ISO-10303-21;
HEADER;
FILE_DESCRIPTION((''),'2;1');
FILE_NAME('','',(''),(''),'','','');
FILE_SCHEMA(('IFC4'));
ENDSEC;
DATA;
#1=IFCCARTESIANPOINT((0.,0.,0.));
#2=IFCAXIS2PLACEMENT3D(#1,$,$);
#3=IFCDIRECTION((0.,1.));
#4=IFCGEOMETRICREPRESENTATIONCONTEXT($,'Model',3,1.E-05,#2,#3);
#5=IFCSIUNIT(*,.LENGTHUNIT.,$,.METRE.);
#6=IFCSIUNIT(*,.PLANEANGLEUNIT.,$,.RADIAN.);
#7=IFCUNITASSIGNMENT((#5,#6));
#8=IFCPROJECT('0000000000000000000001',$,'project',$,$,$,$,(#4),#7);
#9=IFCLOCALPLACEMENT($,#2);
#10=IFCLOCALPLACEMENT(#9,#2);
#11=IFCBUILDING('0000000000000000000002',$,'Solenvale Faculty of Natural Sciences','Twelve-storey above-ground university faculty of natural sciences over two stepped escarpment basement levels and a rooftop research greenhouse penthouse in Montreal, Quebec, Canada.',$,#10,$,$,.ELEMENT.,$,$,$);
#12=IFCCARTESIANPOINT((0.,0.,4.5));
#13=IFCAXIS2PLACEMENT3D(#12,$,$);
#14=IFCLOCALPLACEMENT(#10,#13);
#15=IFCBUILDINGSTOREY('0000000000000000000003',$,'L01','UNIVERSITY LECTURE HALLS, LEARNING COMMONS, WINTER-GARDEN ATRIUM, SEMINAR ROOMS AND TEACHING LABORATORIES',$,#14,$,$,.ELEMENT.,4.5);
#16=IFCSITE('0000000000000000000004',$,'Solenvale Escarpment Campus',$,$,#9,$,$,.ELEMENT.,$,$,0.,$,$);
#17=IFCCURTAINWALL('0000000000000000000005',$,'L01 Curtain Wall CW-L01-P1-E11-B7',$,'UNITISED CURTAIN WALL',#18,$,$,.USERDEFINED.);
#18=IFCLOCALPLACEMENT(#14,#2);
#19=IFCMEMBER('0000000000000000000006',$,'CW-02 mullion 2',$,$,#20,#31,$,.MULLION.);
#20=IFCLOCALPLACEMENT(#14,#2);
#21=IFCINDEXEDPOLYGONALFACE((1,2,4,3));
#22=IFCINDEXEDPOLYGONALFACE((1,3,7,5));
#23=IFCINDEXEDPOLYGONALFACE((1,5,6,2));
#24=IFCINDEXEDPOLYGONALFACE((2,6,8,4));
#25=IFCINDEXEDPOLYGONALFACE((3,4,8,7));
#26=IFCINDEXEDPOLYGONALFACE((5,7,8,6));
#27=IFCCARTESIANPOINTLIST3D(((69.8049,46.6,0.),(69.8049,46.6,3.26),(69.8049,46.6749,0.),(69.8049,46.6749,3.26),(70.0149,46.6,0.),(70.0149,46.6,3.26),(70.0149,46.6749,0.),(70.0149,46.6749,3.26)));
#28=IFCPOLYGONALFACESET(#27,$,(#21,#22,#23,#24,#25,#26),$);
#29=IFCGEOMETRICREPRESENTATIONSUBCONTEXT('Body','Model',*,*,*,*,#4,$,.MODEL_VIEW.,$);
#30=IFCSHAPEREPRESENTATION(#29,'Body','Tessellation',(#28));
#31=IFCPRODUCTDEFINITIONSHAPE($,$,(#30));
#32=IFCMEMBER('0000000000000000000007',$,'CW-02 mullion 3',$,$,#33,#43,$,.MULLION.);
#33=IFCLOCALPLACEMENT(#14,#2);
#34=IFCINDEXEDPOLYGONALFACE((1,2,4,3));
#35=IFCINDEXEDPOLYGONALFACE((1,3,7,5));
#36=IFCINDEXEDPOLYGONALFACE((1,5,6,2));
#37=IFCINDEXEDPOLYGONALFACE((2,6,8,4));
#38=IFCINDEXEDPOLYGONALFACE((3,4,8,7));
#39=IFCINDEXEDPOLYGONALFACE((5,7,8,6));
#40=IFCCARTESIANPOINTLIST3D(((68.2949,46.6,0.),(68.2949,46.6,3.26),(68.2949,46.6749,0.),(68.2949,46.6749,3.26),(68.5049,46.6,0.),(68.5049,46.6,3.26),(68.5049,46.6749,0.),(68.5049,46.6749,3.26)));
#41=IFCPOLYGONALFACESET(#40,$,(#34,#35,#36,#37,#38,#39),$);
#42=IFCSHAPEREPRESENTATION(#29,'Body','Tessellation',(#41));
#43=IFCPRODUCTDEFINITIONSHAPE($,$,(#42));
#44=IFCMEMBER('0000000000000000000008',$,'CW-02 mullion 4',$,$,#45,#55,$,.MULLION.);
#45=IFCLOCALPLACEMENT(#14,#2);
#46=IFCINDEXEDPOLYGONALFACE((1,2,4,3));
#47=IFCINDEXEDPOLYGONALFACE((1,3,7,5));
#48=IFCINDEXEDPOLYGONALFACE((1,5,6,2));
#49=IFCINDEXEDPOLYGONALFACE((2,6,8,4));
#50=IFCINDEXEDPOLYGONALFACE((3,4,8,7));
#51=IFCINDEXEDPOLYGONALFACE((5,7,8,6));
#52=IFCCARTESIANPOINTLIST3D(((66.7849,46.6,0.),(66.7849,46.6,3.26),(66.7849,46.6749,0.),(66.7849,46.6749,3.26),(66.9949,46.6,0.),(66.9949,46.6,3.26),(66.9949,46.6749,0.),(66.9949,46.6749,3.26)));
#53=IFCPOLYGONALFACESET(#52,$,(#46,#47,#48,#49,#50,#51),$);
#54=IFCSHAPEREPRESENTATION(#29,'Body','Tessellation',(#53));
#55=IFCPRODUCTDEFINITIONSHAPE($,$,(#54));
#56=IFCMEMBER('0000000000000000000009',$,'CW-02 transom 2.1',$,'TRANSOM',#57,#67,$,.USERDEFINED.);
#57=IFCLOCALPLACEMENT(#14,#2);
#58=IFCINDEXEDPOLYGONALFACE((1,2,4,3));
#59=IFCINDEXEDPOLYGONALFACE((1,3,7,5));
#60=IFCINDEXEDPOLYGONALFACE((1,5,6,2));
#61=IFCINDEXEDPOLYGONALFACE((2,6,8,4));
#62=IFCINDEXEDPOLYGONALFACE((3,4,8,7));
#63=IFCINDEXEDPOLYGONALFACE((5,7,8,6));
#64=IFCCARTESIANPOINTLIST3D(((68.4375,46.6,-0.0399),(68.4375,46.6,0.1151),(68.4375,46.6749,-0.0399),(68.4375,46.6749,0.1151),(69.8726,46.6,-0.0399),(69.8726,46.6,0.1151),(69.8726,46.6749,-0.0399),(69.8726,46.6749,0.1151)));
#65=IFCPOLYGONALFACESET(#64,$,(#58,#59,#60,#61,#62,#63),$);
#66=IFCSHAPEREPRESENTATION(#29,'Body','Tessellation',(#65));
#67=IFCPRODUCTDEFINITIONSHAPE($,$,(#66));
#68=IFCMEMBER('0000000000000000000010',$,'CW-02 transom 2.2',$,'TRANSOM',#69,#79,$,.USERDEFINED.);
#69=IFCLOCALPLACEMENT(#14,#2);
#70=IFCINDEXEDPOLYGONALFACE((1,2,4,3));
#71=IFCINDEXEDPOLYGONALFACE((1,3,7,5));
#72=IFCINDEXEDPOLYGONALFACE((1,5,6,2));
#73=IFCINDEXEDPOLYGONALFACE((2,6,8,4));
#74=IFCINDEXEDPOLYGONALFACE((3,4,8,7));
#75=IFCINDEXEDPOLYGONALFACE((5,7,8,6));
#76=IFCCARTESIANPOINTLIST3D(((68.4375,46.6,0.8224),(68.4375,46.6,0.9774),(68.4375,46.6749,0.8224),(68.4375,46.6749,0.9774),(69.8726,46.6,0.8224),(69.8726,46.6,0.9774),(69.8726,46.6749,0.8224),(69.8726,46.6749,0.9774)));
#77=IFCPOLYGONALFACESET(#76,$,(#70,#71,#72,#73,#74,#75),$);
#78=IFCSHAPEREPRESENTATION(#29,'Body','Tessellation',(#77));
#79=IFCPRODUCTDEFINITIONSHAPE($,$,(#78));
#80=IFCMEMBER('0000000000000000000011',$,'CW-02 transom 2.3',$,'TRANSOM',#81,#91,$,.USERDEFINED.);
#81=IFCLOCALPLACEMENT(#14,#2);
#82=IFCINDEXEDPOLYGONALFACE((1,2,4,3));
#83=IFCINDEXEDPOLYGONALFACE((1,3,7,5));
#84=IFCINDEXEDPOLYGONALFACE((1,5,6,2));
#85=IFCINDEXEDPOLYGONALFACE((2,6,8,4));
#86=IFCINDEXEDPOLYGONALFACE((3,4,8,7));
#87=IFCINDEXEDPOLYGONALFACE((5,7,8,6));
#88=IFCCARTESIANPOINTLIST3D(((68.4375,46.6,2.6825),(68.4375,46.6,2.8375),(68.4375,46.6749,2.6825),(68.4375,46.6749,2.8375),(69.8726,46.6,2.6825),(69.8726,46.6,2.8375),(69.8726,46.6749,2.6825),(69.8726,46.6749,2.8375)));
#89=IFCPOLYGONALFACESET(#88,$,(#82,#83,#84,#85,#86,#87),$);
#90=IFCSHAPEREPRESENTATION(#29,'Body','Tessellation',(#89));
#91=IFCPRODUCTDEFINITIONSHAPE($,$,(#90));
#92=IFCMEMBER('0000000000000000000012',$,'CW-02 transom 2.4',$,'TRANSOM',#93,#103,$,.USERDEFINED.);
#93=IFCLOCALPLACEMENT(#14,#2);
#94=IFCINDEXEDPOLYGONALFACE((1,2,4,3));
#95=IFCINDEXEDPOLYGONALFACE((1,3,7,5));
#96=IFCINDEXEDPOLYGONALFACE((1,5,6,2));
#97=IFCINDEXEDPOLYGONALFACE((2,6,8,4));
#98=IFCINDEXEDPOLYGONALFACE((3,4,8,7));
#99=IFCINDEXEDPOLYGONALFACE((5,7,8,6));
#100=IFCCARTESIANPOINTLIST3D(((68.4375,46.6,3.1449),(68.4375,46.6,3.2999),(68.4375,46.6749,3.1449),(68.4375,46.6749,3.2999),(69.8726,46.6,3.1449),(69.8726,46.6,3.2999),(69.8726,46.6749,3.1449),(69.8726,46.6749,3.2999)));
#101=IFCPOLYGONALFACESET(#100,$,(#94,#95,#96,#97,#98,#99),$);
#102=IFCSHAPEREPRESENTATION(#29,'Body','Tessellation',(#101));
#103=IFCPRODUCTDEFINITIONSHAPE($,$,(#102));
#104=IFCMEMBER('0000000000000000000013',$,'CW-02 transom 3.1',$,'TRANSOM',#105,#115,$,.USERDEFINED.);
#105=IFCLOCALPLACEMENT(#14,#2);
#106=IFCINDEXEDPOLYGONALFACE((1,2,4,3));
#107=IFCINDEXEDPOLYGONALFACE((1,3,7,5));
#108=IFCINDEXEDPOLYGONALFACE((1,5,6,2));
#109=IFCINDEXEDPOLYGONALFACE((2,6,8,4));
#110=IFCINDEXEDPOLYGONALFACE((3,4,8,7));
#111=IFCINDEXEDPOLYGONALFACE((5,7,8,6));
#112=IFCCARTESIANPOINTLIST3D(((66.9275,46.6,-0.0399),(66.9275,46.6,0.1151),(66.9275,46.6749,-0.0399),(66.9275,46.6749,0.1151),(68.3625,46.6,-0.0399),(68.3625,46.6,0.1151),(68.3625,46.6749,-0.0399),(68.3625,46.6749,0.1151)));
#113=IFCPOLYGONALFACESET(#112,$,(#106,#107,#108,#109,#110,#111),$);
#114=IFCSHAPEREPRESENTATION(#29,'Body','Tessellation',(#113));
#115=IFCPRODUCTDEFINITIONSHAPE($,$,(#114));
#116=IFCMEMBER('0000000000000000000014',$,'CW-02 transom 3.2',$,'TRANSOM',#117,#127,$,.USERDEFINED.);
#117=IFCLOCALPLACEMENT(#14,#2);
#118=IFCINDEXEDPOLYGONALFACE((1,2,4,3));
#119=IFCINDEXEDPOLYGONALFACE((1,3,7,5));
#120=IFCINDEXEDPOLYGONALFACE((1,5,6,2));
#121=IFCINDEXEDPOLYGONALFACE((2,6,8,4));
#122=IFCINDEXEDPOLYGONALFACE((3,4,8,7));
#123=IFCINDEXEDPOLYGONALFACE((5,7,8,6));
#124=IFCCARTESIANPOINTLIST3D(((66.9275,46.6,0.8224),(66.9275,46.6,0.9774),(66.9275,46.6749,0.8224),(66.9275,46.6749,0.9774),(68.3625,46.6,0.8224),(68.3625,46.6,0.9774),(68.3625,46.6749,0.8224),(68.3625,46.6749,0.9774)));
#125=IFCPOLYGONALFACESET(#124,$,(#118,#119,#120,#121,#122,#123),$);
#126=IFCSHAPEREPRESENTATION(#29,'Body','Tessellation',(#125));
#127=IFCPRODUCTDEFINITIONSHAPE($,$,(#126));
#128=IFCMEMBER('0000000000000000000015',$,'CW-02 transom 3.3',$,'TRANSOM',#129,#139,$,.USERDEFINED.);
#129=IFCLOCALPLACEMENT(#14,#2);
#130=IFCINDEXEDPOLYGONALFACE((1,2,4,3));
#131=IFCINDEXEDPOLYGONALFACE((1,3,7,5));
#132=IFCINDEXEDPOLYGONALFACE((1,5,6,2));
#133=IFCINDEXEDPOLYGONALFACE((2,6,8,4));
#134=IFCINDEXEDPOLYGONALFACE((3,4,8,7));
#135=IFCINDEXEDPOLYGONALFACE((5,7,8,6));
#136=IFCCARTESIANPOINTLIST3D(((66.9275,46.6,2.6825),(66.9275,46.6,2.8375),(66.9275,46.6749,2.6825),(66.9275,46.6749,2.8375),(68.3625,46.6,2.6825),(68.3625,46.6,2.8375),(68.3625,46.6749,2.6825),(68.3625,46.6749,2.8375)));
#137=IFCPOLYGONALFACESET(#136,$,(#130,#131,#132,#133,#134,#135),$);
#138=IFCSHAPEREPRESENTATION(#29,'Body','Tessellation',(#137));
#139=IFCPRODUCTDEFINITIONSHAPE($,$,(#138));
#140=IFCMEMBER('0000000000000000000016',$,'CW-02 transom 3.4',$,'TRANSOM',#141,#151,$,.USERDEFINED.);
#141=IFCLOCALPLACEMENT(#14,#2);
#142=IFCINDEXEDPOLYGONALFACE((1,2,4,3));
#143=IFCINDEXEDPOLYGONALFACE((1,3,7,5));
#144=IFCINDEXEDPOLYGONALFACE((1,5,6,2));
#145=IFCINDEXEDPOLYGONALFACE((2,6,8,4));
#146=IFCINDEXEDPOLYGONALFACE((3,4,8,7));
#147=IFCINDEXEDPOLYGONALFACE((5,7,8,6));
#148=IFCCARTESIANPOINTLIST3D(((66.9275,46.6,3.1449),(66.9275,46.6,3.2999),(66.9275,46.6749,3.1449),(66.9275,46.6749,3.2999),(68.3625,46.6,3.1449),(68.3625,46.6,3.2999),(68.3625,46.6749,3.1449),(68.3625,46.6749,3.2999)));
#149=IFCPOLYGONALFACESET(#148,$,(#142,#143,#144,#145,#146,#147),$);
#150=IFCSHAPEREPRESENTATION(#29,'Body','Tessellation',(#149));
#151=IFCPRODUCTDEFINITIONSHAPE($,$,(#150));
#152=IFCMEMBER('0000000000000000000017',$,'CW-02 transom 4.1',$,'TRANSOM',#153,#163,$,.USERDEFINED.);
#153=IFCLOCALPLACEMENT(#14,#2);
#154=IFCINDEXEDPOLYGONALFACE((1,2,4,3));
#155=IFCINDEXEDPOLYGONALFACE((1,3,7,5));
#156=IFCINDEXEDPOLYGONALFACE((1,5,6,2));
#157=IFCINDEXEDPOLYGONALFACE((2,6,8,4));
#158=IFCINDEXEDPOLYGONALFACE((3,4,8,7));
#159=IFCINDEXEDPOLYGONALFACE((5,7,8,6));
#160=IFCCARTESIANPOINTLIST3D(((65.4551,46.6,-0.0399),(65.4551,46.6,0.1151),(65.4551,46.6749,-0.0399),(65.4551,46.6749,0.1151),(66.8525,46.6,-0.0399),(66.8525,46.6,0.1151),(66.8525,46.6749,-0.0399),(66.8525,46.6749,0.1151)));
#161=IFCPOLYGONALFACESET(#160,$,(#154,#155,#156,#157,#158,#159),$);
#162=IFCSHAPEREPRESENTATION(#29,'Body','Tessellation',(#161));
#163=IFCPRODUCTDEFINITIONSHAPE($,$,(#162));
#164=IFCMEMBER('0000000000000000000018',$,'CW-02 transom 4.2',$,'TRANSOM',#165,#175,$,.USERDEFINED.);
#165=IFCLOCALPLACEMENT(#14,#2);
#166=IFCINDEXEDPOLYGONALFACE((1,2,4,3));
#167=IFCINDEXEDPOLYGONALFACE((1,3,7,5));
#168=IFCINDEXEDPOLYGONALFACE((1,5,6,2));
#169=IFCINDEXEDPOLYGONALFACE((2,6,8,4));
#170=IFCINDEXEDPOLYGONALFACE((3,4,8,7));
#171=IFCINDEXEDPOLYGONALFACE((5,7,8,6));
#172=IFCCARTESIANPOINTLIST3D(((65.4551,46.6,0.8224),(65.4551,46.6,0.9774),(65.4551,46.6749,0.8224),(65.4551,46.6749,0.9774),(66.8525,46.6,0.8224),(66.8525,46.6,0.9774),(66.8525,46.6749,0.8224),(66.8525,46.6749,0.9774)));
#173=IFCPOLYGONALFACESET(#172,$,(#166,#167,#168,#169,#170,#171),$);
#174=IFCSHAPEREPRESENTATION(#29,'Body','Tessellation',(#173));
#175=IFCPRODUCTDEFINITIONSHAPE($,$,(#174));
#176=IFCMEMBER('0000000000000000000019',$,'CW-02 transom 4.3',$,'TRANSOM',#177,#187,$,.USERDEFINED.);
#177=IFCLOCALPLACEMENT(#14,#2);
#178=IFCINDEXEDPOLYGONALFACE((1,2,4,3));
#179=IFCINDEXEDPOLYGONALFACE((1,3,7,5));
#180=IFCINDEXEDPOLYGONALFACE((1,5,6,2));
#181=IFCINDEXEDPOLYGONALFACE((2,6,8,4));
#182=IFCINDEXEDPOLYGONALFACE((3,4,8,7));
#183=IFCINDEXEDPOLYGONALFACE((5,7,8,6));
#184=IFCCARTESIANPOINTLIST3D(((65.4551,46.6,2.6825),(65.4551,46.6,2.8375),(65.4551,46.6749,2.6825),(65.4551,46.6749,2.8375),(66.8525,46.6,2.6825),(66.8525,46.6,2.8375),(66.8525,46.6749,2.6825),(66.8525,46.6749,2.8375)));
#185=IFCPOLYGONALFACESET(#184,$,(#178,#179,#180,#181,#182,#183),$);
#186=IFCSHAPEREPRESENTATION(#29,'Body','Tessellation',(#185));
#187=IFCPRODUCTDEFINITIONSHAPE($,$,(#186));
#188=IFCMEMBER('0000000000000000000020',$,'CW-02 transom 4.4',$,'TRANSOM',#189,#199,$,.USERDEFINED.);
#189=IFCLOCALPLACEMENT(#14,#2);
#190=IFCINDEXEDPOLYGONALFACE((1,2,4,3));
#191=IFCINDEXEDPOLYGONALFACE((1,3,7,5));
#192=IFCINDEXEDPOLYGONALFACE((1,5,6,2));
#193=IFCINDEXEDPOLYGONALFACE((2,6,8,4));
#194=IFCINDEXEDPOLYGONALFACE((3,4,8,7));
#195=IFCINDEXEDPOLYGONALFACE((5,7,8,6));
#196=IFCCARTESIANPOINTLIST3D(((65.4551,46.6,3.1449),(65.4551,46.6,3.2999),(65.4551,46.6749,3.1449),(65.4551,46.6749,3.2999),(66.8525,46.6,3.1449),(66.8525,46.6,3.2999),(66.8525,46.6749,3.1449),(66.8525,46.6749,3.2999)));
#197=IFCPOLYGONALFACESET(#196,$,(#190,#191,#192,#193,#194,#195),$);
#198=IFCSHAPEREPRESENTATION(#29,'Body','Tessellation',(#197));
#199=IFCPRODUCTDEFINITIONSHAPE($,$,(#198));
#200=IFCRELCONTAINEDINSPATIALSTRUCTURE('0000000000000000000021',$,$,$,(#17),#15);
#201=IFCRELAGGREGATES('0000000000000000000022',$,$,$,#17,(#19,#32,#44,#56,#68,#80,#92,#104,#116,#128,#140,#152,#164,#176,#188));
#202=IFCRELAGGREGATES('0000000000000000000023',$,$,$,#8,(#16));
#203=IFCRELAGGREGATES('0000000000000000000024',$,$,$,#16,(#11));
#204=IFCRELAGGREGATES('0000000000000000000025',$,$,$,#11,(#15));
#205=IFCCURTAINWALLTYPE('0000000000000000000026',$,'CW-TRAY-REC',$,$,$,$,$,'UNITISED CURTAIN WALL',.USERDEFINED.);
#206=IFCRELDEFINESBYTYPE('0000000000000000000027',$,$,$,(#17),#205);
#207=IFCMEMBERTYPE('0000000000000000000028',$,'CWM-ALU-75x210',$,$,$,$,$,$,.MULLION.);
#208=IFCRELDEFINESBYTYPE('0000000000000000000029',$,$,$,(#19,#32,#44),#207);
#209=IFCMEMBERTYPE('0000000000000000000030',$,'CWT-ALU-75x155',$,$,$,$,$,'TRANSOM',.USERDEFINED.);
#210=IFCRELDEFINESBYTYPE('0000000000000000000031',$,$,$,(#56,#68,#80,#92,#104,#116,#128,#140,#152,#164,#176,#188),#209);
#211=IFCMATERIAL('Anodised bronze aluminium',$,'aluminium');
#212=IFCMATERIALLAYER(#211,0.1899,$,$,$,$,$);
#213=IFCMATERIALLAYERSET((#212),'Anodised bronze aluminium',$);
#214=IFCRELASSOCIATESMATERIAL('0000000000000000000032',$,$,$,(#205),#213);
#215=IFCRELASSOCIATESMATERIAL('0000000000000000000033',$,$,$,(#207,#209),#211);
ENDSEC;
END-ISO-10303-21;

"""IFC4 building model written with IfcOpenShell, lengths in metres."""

from ifc_helpers import new_model, si_unit, direction, frame, origin, origin_2d, place, context, subcontext, project, spatial, rectangle, extrude, material, layer, layer_set, material_profile, profile_set, type_object, element, aggregate, save


model = new_model("IFC4")

# Units and contexts
model_context = context("Model", 3, precision=1e-05, world=origin(), true_north=direction((0.0, 1.0)))
body_context = subcontext(model_context, "Body", "Model", "MODEL_VIEW")
ifc_project = project(units=[si_unit("LENGTHUNIT", "METRE"), si_unit("PLANEANGLEUNIT", "RADIAN")], contexts=[model_context])

# Site, building, storey
site_placement = place(None, origin())
site = spatial("IfcSite", under=ifc_project, at=site_placement, Name="Solenvale Escarpment Campus", CompositionType="ELEMENT", RefElevation=0.0)
building_placement = place(site_placement, origin())
building = spatial("IfcBuilding", under=site, at=building_placement, Name="Solenvale Faculty of Natural Sciences", Description="Twelve-storey above-ground university faculty of natural sciences over two stepped escarpment basement levels and a rooftop research greenhouse penthouse in Montreal, Quebec, Canada.", CompositionType="ELEMENT")
storey_placement = place(building_placement, frame((0.0, 0.0, 4.5)))
storey = spatial("IfcBuildingStorey", under=building, at=storey_placement, Name="L01", Description="UNIVERSITY LECTURE HALLS, LEARNING COMMONS, WINTER-GARDEN ATRIUM, SEMINAR ROOMS AND TEACHING LABORATORIES", CompositionType="ELEMENT", Elevation=4.5)

# Curtain wall, members
ifc_material_1 = material(Name="Anodised bronze aluminium", Category="aluminium")
ifc_layer_1 = layer(ifc_material_1, 0.1899)
ifc_layer_set_1 = layer_set([ifc_layer_1], Name="Anodised bronze aluminium")
curtain_wall_type = type_object("IfcCurtainWallType", Name="CW-TRAY-REC", ElementType="UNITISED CURTAIN WALL", PredefinedType="USERDEFINED", material=ifc_layer_set_1)
curtain_wall_placement = place(storey_placement, origin())
curtain_wall = element("IfcCurtainWall", 1, at=curtain_wall_placement, inside=storey, type_object=curtain_wall_type, Name="L01 Curtain Wall CW-L01-P1-E11-B7", ObjectType="UNITISED CURTAIN WALL", PredefinedType="USERDEFINED")
ifc_material_profile_1 = material_profile(ifc_material_1, rectangle(XDim=0.075, YDim=0.21, at=origin_2d()), Name="ALU-MUL-75x210")
ifc_profile_set_1 = profile_set([ifc_material_profile_1], Name="Anodised bronze aluminium")
member_type_1 = type_object("IfcMemberType", Name="CWM-ALU-75x210", PredefinedType="MULLION", material=ifc_profile_set_1)
member_1_placement = place(storey_placement, frame((69.9099, 46.6375, 0.0), z_axis=(0.0, 0.0, 1.0), x_axis=(0.0, -1.0, 0.0)))
member_1 = element("IfcMember", 2, at=member_1_placement, type_object=member_type_1, Name="CW-02 mullion 2", PredefinedType="MULLION", context=body_context, shape_type="SweptSolid", body=[
    extrude(rectangle(XDim=0.075, YDim=0.21, at=origin_2d()), origin(), (0.0, 0.0, 1.0), 3.26),
])
member_2_placement = place(storey_placement, frame((68.3999, 46.6375, 0.0), z_axis=(0.0, 0.0, 1.0), x_axis=(0.0, -1.0, 0.0)))
member_2 = element("IfcMember", 3, at=member_2_placement, type_object=member_type_1, Name="CW-02 mullion 3", PredefinedType="MULLION", context=body_context, shape_type="SweptSolid", body=[
    extrude(rectangle(XDim=0.075, YDim=0.21, at=origin_2d()), origin(), (0.0, 0.0, 1.0), 3.26),
])
member_3_placement = place(storey_placement, frame((66.8899, 46.6375, 0.0), z_axis=(0.0, 0.0, 1.0), x_axis=(0.0, -1.0, 0.0)))
member_3 = element("IfcMember", 4, at=member_3_placement, type_object=member_type_1, Name="CW-02 mullion 4", PredefinedType="MULLION", context=body_context, shape_type="SweptSolid", body=[
    extrude(rectangle(XDim=0.075, YDim=0.21, at=origin_2d()), origin(), (0.0, 0.0, 1.0), 3.26),
])
ifc_material_profile_2 = material_profile(ifc_material_1, rectangle(XDim=0.075, YDim=0.155, at=origin_2d()), Name="ALU-TRN-75x155")
ifc_profile_set_2 = profile_set([ifc_material_profile_2], Name="Anodised bronze aluminium")
member_type_2 = type_object("IfcMemberType", Name="CWT-ALU-75x155", ElementType="TRANSOM", PredefinedType="USERDEFINED", material=ifc_profile_set_2)
member_4_placement = place(storey_placement, frame((69.8726, 46.6375, 0.0376), z_axis=(-1.0, 0.0, 0.0), x_axis=(0.0, -1.0, 0.0)))
member_4 = element("IfcMember", 5, at=member_4_placement, type_object=member_type_2, Name="CW-02 transom 2.1", ObjectType="TRANSOM", PredefinedType="USERDEFINED", context=body_context, shape_type="SweptSolid", body=[
    extrude(rectangle(XDim=0.075, YDim=0.155, at=origin_2d()), origin(), (0.0, 0.0, 1.0), 1.4351),
])
member_5_placement = place(storey_placement, frame((69.8726, 46.6375, 0.8999), z_axis=(-1.0, 0.0, 0.0), x_axis=(0.0, -1.0, 0.0)))
member_5 = element("IfcMember", 6, at=member_5_placement, type_object=member_type_2, Name="CW-02 transom 2.2", ObjectType="TRANSOM", PredefinedType="USERDEFINED", context=body_context, shape_type="SweptSolid", body=[
    extrude(rectangle(XDim=0.075, YDim=0.155, at=origin_2d()), origin(), (0.0, 0.0, 1.0), 1.4351),
])
member_6_placement = place(storey_placement, frame((69.8726, 46.6375, 2.76), z_axis=(-1.0, 0.0, 0.0), x_axis=(0.0, -1.0, 0.0)))
member_6 = element("IfcMember", 7, at=member_6_placement, type_object=member_type_2, Name="CW-02 transom 2.3", ObjectType="TRANSOM", PredefinedType="USERDEFINED", context=body_context, shape_type="SweptSolid", body=[
    extrude(rectangle(XDim=0.075, YDim=0.155, at=origin_2d()), origin(), (0.0, 0.0, 1.0), 1.4351),
])
member_7_placement = place(storey_placement, frame((69.8726, 46.6375, 3.2224), z_axis=(-1.0, 0.0, 0.0), x_axis=(0.0, -1.0, 0.0)))
member_7 = element("IfcMember", 8, at=member_7_placement, type_object=member_type_2, Name="CW-02 transom 2.4", ObjectType="TRANSOM", PredefinedType="USERDEFINED", context=body_context, shape_type="SweptSolid", body=[
    extrude(rectangle(XDim=0.075, YDim=0.155, at=origin_2d()), origin(), (0.0, 0.0, 1.0), 1.4351),
])
member_8_placement = place(storey_placement, frame((68.3625, 46.6375, 0.0376), z_axis=(-1.0, 0.0, 0.0), x_axis=(0.0, -1.0, 0.0)))
member_8 = element("IfcMember", 9, at=member_8_placement, type_object=member_type_2, Name="CW-02 transom 3.1", ObjectType="TRANSOM", PredefinedType="USERDEFINED", context=body_context, shape_type="SweptSolid", body=[
    extrude(rectangle(XDim=0.075, YDim=0.155, at=origin_2d()), origin(), (0.0, 0.0, 1.0), 1.4351),
])
member_9_placement = place(storey_placement, frame((68.3625, 46.6375, 0.8999), z_axis=(-1.0, 0.0, 0.0), x_axis=(0.0, -1.0, 0.0)))
member_9 = element("IfcMember", 10, at=member_9_placement, type_object=member_type_2, Name="CW-02 transom 3.2", ObjectType="TRANSOM", PredefinedType="USERDEFINED", context=body_context, shape_type="SweptSolid", body=[
    extrude(rectangle(XDim=0.075, YDim=0.155, at=origin_2d()), origin(), (0.0, 0.0, 1.0), 1.4351),
])
member_10_placement = place(storey_placement, frame((68.3625, 46.6375, 2.76), z_axis=(-1.0, 0.0, 0.0), x_axis=(0.0, -1.0, 0.0)))
member_10 = element("IfcMember", 11, at=member_10_placement, type_object=member_type_2, Name="CW-02 transom 3.3", ObjectType="TRANSOM", PredefinedType="USERDEFINED", context=body_context, shape_type="SweptSolid", body=[
    extrude(rectangle(XDim=0.075, YDim=0.155, at=origin_2d()), origin(), (0.0, 0.0, 1.0), 1.4351),
])
member_11_placement = place(storey_placement, frame((68.3625, 46.6375, 3.2224), z_axis=(-1.0, 0.0, 0.0), x_axis=(0.0, -1.0, 0.0)))
member_11 = element("IfcMember", 12, at=member_11_placement, type_object=member_type_2, Name="CW-02 transom 3.4", ObjectType="TRANSOM", PredefinedType="USERDEFINED", context=body_context, shape_type="SweptSolid", body=[
    extrude(rectangle(XDim=0.075, YDim=0.155, at=origin_2d()), origin(), (0.0, 0.0, 1.0), 1.4351),
])
member_12_placement = place(storey_placement, frame((66.8525, 46.6375, 0.0376), z_axis=(-1.0, 0.0, 0.0), x_axis=(0.0, -1.0, 0.0)))
member_12 = element("IfcMember", 13, at=member_12_placement, type_object=member_type_2, Name="CW-02 transom 4.1", ObjectType="TRANSOM", PredefinedType="USERDEFINED", context=body_context, shape_type="SweptSolid", body=[
    extrude(rectangle(XDim=0.075, YDim=0.155, at=origin_2d()), origin(), (0.0, 0.0, 1.0), 1.3975),
])
member_13_placement = place(storey_placement, frame((66.8525, 46.6375, 0.8999), z_axis=(-1.0, 0.0, 0.0), x_axis=(0.0, -1.0, 0.0)))
member_13 = element("IfcMember", 14, at=member_13_placement, type_object=member_type_2, Name="CW-02 transom 4.2", ObjectType="TRANSOM", PredefinedType="USERDEFINED", context=body_context, shape_type="SweptSolid", body=[
    extrude(rectangle(XDim=0.075, YDim=0.155, at=origin_2d()), origin(), (0.0, 0.0, 1.0), 1.3975),
])
member_14_placement = place(storey_placement, frame((66.8525, 46.6375, 2.76), z_axis=(-1.0, 0.0, 0.0), x_axis=(0.0, -1.0, 0.0)))
member_14 = element("IfcMember", 15, at=member_14_placement, type_object=member_type_2, Name="CW-02 transom 4.3", ObjectType="TRANSOM", PredefinedType="USERDEFINED", context=body_context, shape_type="SweptSolid", body=[
    extrude(rectangle(XDim=0.075, YDim=0.155, at=origin_2d()), origin(), (0.0, 0.0, 1.0), 1.3975),
])
member_15_placement = place(storey_placement, frame((66.8525, 46.6375, 3.2224), z_axis=(-1.0, 0.0, 0.0), x_axis=(0.0, -1.0, 0.0)))
member_15 = element("IfcMember", 16, at=member_15_placement, type_object=member_type_2, Name="CW-02 transom 4.4", ObjectType="TRANSOM", PredefinedType="USERDEFINED", context=body_context, shape_type="SweptSolid", body=[
    extrude(rectangle(XDim=0.075, YDim=0.155, at=origin_2d()), origin(), (0.0, 0.0, 1.0), 1.3975),
])
aggregate(curtain_wall, [member_1, member_2, member_3, member_4, member_5, member_6, member_7, member_8, member_9, member_10, member_11, member_12, member_13, member_14, member_15])

save(model, "model.ifc")
